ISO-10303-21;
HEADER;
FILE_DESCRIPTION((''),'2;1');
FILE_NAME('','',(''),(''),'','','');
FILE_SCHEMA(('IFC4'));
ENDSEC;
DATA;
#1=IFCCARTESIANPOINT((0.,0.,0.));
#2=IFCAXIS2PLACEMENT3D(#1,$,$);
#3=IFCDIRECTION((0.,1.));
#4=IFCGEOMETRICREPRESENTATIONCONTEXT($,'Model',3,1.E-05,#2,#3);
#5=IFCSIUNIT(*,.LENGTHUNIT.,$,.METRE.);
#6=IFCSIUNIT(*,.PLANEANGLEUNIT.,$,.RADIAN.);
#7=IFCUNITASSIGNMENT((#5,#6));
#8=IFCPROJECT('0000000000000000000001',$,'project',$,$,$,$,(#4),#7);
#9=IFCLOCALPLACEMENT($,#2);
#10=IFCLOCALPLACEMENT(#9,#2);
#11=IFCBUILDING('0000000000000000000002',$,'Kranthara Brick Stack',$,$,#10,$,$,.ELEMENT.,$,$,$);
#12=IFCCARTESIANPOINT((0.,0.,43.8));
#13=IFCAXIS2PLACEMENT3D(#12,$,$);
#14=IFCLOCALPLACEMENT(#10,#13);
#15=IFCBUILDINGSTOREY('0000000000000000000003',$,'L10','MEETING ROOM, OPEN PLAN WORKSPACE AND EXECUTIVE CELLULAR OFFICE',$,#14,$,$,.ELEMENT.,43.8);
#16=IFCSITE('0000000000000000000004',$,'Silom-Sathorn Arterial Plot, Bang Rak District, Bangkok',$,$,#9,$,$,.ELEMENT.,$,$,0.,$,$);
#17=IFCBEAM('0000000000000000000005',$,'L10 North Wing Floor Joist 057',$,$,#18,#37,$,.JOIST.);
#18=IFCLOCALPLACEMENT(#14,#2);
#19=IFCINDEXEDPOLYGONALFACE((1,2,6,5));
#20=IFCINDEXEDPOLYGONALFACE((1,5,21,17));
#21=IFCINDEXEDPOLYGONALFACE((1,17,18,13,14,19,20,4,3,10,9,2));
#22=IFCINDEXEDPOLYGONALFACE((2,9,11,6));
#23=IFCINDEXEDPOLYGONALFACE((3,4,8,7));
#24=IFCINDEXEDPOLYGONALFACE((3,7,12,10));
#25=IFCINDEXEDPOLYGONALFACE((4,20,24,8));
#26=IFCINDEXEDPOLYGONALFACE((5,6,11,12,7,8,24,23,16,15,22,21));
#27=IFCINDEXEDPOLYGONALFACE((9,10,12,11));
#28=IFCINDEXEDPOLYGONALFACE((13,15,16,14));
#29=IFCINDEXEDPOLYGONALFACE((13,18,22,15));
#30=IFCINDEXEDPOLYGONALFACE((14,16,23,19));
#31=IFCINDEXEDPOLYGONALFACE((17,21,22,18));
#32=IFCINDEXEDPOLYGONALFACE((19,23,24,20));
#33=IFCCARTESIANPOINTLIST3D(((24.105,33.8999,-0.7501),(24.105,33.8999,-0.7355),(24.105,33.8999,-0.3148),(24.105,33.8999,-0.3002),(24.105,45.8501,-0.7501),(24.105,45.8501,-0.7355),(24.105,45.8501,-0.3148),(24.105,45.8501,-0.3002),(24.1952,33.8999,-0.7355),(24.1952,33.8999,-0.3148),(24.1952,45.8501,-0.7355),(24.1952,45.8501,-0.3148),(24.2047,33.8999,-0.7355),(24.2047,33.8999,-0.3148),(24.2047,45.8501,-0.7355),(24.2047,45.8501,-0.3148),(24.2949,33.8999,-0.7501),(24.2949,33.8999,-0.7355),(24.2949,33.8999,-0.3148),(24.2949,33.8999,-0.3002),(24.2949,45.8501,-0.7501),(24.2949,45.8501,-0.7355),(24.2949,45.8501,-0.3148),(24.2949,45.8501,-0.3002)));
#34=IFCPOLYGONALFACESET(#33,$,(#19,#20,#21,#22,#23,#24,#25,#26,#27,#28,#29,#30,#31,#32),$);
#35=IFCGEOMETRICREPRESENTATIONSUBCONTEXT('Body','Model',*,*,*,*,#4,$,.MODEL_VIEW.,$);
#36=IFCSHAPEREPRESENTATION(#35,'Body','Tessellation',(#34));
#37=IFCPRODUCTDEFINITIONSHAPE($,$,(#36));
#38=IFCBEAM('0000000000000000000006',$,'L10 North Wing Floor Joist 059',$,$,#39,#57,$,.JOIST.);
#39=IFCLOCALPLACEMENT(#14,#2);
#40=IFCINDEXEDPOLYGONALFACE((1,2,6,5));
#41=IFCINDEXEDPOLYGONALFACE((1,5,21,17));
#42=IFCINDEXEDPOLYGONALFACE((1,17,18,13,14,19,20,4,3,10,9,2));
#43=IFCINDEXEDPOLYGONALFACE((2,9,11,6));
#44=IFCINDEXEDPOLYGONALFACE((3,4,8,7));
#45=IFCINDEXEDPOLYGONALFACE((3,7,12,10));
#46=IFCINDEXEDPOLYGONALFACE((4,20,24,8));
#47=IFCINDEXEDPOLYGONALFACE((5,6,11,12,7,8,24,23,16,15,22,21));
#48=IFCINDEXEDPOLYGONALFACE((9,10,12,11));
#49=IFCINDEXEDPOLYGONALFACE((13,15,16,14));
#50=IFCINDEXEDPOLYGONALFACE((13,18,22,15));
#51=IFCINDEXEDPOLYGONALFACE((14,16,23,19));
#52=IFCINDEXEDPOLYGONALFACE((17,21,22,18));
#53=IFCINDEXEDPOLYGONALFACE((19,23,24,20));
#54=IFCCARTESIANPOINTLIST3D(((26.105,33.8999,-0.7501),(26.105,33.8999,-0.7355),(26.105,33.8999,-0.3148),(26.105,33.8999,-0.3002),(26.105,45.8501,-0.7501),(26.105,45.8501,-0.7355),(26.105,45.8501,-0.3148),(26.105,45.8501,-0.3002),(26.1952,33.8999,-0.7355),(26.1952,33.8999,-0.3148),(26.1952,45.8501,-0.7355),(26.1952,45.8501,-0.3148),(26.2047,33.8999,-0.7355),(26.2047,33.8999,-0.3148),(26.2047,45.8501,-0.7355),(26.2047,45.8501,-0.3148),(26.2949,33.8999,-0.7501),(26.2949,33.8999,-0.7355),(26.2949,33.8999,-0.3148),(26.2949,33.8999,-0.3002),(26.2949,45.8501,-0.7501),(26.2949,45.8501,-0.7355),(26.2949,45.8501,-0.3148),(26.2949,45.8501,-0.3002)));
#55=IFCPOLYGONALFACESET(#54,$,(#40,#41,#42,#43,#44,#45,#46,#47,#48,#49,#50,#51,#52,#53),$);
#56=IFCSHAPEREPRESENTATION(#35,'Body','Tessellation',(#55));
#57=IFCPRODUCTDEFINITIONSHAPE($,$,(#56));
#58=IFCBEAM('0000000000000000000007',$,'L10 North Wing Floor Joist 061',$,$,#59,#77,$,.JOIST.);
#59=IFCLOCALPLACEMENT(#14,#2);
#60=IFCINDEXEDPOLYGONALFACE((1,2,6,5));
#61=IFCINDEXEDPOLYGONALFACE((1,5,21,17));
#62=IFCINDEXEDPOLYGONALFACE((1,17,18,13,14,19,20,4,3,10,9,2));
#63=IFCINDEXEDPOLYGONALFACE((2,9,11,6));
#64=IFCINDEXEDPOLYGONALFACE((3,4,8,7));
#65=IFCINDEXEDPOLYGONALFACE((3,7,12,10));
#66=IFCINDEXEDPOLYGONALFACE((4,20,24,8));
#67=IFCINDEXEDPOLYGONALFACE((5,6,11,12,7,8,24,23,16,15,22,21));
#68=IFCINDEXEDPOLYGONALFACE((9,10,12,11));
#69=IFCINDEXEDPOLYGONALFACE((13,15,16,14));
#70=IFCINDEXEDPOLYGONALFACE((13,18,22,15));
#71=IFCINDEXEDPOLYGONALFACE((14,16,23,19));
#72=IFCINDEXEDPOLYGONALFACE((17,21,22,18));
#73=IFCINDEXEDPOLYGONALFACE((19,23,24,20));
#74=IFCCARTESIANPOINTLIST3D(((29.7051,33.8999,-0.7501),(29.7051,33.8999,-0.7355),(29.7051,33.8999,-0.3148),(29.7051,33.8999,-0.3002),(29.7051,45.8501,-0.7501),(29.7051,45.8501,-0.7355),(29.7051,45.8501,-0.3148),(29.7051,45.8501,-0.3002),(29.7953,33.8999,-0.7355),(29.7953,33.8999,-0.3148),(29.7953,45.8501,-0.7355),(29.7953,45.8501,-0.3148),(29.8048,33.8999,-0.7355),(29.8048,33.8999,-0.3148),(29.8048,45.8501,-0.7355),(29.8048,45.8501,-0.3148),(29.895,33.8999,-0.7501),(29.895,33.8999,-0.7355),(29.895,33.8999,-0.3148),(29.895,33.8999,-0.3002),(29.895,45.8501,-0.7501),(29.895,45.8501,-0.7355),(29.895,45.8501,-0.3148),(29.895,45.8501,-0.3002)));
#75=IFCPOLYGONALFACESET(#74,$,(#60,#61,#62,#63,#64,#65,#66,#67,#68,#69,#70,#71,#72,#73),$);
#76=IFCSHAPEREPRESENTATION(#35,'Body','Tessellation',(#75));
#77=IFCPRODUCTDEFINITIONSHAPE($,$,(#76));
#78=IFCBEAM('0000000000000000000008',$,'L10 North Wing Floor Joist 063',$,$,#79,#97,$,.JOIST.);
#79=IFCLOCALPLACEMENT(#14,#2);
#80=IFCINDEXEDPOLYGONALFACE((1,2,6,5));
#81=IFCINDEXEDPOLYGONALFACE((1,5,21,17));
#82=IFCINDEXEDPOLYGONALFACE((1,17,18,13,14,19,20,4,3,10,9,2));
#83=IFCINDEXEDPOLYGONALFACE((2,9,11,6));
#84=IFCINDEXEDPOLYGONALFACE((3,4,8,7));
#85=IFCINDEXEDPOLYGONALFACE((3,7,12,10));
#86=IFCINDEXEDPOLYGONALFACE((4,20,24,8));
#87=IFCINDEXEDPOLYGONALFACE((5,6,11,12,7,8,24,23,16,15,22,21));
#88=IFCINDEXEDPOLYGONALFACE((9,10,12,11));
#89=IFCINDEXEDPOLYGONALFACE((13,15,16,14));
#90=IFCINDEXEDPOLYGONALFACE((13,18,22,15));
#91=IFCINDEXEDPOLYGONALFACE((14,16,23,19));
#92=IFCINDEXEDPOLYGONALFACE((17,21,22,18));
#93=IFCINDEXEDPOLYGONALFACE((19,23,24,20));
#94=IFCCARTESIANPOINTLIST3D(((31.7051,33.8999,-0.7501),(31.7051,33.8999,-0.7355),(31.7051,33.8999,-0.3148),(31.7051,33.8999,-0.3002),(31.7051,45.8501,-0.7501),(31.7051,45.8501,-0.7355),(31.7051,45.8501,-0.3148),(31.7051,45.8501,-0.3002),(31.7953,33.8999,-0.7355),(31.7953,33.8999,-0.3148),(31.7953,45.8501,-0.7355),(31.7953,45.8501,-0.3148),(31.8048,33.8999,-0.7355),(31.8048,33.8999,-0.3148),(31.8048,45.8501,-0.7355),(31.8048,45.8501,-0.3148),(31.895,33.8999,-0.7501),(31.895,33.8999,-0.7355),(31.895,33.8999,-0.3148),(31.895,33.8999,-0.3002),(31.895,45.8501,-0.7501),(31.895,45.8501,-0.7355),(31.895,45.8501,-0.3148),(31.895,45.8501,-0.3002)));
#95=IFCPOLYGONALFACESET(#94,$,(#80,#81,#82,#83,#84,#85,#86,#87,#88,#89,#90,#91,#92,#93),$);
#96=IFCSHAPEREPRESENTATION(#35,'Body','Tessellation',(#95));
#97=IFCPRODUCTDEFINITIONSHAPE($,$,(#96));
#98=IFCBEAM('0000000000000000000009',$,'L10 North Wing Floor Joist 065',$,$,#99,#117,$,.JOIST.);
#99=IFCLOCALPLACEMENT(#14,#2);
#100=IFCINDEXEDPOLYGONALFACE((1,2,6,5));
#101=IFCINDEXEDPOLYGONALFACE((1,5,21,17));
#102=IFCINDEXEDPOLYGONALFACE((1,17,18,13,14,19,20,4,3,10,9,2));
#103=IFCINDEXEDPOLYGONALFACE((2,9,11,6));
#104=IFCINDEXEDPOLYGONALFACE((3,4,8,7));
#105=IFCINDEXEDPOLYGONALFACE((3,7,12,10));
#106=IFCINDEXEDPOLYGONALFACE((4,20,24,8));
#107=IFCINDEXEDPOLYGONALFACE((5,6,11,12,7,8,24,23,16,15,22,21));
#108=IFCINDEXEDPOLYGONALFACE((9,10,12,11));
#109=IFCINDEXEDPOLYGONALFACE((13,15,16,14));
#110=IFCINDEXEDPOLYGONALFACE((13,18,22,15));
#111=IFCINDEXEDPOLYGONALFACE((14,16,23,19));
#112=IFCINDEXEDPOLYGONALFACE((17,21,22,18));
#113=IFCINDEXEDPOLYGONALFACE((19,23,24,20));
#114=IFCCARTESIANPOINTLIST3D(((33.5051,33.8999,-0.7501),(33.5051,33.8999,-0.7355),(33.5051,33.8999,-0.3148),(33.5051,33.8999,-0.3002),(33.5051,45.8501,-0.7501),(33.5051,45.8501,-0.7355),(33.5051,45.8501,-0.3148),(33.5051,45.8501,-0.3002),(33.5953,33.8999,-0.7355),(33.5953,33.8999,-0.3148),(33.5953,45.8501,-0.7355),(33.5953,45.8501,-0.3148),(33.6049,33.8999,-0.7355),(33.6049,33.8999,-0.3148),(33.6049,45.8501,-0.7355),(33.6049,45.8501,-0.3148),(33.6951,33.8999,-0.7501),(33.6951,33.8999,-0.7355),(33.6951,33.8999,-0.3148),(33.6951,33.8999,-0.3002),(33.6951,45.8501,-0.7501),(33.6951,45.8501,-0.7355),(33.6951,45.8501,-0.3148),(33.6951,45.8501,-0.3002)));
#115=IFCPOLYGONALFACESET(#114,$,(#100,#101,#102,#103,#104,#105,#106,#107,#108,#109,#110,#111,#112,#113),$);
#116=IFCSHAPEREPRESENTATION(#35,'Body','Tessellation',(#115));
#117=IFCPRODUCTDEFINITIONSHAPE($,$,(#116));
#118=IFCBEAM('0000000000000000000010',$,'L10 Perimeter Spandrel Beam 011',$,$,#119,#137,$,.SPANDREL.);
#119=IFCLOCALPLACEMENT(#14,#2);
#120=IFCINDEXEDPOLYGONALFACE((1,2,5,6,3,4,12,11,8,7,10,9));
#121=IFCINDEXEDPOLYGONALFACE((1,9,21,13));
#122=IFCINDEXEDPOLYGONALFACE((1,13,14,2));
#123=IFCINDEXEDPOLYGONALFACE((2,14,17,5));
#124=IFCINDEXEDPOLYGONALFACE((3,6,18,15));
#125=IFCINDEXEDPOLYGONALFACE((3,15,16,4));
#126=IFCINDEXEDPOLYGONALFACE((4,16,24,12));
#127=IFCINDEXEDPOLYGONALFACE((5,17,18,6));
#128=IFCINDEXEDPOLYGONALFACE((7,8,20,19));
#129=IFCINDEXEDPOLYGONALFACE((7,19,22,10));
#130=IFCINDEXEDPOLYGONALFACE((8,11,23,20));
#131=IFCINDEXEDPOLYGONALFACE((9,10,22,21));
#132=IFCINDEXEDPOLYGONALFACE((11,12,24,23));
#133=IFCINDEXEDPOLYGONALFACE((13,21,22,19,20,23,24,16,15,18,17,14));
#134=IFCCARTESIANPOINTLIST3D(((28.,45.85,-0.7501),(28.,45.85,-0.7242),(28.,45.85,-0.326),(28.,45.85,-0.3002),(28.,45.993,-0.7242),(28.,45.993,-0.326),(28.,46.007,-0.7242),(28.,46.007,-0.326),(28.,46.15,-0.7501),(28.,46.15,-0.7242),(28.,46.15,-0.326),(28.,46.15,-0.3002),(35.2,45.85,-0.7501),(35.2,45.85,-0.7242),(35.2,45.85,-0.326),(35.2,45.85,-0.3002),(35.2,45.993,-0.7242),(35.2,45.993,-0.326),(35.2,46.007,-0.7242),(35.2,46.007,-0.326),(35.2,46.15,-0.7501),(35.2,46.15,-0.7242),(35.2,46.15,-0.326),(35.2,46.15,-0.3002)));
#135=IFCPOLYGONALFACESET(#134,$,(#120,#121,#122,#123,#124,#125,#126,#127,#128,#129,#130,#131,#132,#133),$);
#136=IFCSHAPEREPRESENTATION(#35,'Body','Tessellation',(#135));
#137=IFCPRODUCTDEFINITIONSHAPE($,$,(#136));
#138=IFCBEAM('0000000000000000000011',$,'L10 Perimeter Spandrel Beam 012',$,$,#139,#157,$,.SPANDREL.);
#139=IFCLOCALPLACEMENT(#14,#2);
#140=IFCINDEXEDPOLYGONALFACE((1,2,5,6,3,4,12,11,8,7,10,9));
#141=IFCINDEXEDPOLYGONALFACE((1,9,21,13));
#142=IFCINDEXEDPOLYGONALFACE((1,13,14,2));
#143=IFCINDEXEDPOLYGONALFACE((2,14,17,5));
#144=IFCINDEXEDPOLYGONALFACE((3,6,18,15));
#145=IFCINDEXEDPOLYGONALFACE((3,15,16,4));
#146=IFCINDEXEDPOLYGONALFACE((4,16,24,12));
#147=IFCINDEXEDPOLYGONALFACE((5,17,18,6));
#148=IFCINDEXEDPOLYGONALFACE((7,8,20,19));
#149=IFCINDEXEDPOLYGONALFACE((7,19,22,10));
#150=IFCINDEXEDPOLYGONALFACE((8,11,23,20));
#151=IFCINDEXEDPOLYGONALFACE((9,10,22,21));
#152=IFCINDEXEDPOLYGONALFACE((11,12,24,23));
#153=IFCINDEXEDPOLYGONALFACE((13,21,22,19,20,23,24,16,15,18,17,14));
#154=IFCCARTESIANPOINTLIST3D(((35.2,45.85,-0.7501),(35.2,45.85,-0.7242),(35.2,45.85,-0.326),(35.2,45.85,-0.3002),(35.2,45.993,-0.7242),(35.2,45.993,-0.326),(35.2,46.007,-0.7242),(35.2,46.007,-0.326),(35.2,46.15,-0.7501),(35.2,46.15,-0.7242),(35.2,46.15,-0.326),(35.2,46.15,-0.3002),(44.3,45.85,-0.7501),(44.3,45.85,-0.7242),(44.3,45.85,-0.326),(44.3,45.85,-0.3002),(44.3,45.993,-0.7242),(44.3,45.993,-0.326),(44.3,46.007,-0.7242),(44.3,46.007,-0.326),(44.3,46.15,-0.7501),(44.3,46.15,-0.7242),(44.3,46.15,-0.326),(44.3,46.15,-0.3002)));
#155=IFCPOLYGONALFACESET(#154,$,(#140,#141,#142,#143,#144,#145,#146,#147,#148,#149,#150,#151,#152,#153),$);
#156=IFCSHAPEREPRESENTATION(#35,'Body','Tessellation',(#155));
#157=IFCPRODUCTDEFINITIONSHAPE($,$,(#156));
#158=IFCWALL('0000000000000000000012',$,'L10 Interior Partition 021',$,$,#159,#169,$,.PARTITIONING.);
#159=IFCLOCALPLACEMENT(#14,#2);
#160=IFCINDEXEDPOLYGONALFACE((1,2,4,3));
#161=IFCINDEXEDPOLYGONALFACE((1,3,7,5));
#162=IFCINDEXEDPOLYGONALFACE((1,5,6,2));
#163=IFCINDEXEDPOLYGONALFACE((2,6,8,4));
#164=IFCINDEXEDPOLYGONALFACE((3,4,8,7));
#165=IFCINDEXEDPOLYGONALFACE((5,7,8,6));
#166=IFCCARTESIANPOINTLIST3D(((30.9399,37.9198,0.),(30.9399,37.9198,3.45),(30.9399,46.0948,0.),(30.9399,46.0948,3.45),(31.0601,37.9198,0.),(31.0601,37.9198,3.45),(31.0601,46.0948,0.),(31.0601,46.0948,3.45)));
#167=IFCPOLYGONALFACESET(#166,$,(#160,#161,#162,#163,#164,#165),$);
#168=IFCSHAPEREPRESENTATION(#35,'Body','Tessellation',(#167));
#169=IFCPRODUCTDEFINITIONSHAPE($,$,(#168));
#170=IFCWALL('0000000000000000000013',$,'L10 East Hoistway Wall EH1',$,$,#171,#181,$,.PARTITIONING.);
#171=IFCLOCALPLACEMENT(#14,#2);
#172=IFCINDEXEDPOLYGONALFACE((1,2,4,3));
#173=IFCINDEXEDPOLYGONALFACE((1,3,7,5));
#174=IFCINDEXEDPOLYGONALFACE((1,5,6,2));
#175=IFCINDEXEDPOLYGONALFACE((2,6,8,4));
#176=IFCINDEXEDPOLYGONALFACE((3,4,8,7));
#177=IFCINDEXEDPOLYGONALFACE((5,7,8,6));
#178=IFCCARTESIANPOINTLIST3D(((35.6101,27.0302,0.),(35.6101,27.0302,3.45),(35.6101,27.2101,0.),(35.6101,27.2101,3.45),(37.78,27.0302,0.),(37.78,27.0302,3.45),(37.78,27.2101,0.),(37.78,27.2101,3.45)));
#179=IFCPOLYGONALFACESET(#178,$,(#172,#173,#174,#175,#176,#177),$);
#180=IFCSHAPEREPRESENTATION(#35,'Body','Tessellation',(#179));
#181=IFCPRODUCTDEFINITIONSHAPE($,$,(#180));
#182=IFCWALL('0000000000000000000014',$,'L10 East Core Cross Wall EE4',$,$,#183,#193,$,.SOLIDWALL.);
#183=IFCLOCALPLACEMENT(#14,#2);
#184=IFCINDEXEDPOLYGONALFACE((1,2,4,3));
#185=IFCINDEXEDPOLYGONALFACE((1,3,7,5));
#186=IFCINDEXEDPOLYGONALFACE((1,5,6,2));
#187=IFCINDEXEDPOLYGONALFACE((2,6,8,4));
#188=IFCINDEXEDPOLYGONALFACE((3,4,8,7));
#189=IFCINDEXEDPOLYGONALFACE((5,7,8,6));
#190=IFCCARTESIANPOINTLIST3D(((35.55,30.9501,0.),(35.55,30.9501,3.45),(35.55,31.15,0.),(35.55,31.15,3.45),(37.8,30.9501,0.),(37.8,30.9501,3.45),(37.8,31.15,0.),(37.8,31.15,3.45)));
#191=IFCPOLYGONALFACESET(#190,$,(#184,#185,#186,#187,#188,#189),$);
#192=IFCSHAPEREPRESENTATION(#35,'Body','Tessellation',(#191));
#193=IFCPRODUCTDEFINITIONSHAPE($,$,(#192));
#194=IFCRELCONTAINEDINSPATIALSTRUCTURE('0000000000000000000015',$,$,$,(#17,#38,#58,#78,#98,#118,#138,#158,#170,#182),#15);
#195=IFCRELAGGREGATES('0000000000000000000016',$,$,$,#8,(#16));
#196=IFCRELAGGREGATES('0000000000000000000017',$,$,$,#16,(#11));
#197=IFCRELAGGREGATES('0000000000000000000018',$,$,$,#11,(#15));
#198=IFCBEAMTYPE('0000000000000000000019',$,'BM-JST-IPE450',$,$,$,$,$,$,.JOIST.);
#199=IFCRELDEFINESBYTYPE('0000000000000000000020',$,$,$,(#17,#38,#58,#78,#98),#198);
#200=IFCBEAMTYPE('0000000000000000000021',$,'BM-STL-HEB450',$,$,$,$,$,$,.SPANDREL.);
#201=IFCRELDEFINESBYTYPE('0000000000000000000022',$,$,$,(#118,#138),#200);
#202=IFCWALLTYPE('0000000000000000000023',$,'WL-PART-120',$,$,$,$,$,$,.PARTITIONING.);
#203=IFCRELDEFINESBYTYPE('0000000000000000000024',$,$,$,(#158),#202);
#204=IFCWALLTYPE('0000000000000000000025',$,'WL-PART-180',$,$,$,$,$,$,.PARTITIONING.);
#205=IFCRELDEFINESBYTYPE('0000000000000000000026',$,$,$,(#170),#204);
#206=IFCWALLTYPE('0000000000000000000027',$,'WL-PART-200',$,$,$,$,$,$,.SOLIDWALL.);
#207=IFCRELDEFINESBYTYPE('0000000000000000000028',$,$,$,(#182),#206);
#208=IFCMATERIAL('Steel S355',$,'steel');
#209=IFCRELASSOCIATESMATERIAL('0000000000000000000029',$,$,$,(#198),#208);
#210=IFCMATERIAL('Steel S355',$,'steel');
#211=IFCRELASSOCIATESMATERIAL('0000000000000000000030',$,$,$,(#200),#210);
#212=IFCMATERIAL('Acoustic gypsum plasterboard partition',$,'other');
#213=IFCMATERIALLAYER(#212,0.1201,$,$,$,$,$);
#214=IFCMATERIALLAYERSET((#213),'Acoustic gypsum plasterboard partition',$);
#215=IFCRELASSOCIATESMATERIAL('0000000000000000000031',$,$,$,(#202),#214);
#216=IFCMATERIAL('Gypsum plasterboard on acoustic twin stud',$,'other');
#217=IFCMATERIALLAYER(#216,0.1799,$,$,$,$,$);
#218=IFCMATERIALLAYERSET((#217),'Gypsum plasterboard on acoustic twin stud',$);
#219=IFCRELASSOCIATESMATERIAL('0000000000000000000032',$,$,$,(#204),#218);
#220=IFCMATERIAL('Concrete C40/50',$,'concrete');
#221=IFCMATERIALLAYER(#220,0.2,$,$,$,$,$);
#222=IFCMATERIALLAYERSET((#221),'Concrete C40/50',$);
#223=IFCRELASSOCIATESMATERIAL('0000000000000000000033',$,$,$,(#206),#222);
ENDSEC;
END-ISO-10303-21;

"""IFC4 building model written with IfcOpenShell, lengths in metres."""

from ifc_helpers import new_model, si_unit, direction, frame, frame_2d, origin, origin_2d, place, context, subcontext, project, spatial, rectangle, i_section, extrude, material, layer, layer_set, material_profile, profile_set, type_object, element, save


model = new_model("IFC4")

# Units and contexts
model_context = context("Model", 3, precision=1e-05, world=origin(), true_north=direction((0.0, 1.0)))
body_context = subcontext(model_context, "Body", "Model", "MODEL_VIEW")
ifc_project = project(units=[si_unit("LENGTHUNIT", "METRE"), si_unit("PLANEANGLEUNIT", "RADIAN")], contexts=[model_context])

# Site, building, storey
site_placement = place(None, origin())
site = spatial("IfcSite", under=ifc_project, at=site_placement, Name="Silom-Sathorn Arterial Plot, Bang Rak District, Bangkok", CompositionType="ELEMENT", RefElevation=0.0)
building_placement = place(site_placement, origin())
building = spatial("IfcBuilding", under=site, at=building_placement, Name="Kranthara Brick Stack", CompositionType="ELEMENT")
storey_placement = place(building_placement, frame((0.0, 0.0, 43.8)))
storey = spatial("IfcBuildingStorey", under=building, at=storey_placement, Name="L10", Description="MEETING ROOM, OPEN PLAN WORKSPACE AND EXECUTIVE CELLULAR OFFICE", CompositionType="ELEMENT", Elevation=43.8)

# Beams
ifc_material_1 = material(Name="Steel S355", Category="steel")
ifc_material_profile_1 = material_profile(ifc_material_1, i_section(OverallWidth=0.1899, OverallDepth=0.45, WebThickness=0.0095, FlangeThickness=0.0146, at=origin_2d()), Name="IPE 450")
ifc_profile_set_1 = profile_set([ifc_material_profile_1], Name="Steel S355")
beam_type_1 = type_object("IfcBeamType", Name="BM-JST-IPE450", PredefinedType="JOIST", material=ifc_profile_set_1)
for number, where, z_axis, x_axis, name in (
    (1, (24.2, 33.8999, -0.5251), (0.0, 1.0, 0.0), (-1.0, 0.0, 0.0), "L10 North Wing Floor Joist 057"),
    (2, (26.2, 33.8999, -0.5251), (0.0, 1.0, 0.0), (-1.0, 0.0, 0.0), "L10 North Wing Floor Joist 059"),
    (3, (29.8, 33.8999, -0.5251), (0.0, 1.0, 0.0), (-1.0, 0.0, 0.0), "L10 North Wing Floor Joist 061"),
    (4, (31.8, 33.8999, -0.5251), (0.0, 1.0, 0.0), (-1.0, 0.0, 0.0), "L10 North Wing Floor Joist 063"),
    (5, (33.6001, 33.8999, -0.5251), (0.0, 1.0, 0.0), (-1.0, 0.0, 0.0), "L10 North Wing Floor Joist 065"),
):
    element("IfcBeam", number, at=place(storey_placement, frame(where, z_axis=z_axis, x_axis=x_axis)), inside=storey, type_object=beam_type_1, Name=name, PredefinedType="JOIST", context=body_context, shape_type="SweptSolid", body=[
        extrude(i_section(OverallWidth=0.1899, OverallDepth=0.45, WebThickness=0.0095, FlangeThickness=0.0146, at=origin_2d()), origin(), (0.0, 0.0, 1.0), 11.9502),
    ])
ifc_material_2 = material(Name="Steel S355", Category="steel")
ifc_material_profile_2 = material_profile(ifc_material_2, i_section(OverallWidth=0.3, OverallDepth=0.45, WebThickness=0.0139, FlangeThickness=0.0259, at=origin_2d()), Name="HEB 450")
ifc_profile_set_2 = profile_set([ifc_material_profile_2], Name="Steel S355")
beam_type_2 = type_object("IfcBeamType", Name="BM-STL-HEB450", PredefinedType="SPANDREL", material=ifc_profile_set_2)
beam_1_placement = place(storey_placement, frame((28.0, 46.0, -0.5251), z_axis=(1.0, 0.0, 0.0), x_axis=(0.0, 1.0, 0.0)))
element("IfcBeam", 6, at=beam_1_placement, inside=storey, type_object=beam_type_2, Name="L10 Perimeter Spandrel Beam 011", PredefinedType="SPANDREL", context=body_context, shape_type="SweptSolid", body=[
    extrude(i_section(OverallWidth=0.3, OverallDepth=0.45, WebThickness=0.0139, FlangeThickness=0.0259, at=origin_2d()), origin(), (0.0, 0.0, 1.0), 7.2),
])
beam_2_placement = place(storey_placement, frame((35.2, 46.0, -0.5251), z_axis=(1.0, 0.0, 0.0), x_axis=(0.0, 1.0, 0.0)))
element("IfcBeam", 7, at=beam_2_placement, inside=storey, type_object=beam_type_2, Name="L10 Perimeter Spandrel Beam 012", PredefinedType="SPANDREL", context=body_context, shape_type="SweptSolid", body=[
    extrude(i_section(OverallWidth=0.3, OverallDepth=0.45, WebThickness=0.0139, FlangeThickness=0.0259, at=origin_2d()), origin(), (0.0, 0.0, 1.0), 9.1001),
])

# Walls
ifc_material_3 = material(Name="Acoustic gypsum plasterboard partition", Category="other")
ifc_layer_1 = layer(ifc_material_3, 0.1201)
ifc_layer_set_1 = layer_set([ifc_layer_1], Name="Acoustic gypsum plasterboard partition")
wall_type_1 = type_object("IfcWallType", Name="WL-PART-120", PredefinedType="PARTITIONING", material=ifc_layer_set_1)
wall_1_placement = place(storey_placement, frame((31.0, 37.9199, 0.0), z_axis=(0.0, 0.0, 1.0), x_axis=(0.0, 1.0, 0.0)))
element("IfcWall", 8, at=wall_1_placement, inside=storey, type_object=wall_type_1, Name="L10 Interior Partition 021", PredefinedType="PARTITIONING", context=body_context, shape_type="SweptSolid", body=[
    extrude(rectangle(XDim=8.175, YDim=0.1201, at=frame_2d((4.0874, 0.0))), origin(), (0.0, 0.0, 1.0), 3.45),
])
ifc_material_4 = material(Name="Gypsum plasterboard on acoustic twin stud", Category="other")
ifc_layer_2 = layer(ifc_material_4, 0.1799)
ifc_layer_set_2 = layer_set([ifc_layer_2], Name="Gypsum plasterboard on acoustic twin stud")
wall_type_2 = type_object("IfcWallType", Name="WL-PART-180", PredefinedType="PARTITIONING", material=ifc_layer_set_2)
wall_2_placement = place(storey_placement, frame((35.6101, 27.1201, 0.0), z_axis=(0.0, 0.0, 1.0), x_axis=(1.0, 0.0, 0.0)))
element("IfcWall", 9, at=wall_2_placement, inside=storey, type_object=wall_type_2, Name="L10 East Hoistway Wall EH1", PredefinedType="PARTITIONING", context=body_context, shape_type="SweptSolid", body=[
    extrude(rectangle(XDim=2.1699, YDim=0.1799, at=frame_2d((1.085, 0.0))), origin(), (0.0, 0.0, 1.0), 3.45),
])
ifc_material_5 = material(Name="Concrete C40/50", Category="concrete")
ifc_layer_3 = layer(ifc_material_5, 0.2)
ifc_layer_set_3 = layer_set([ifc_layer_3], Name="Concrete C40/50")
wall_type_3 = type_object("IfcWallType", Name="WL-PART-200", PredefinedType="SOLIDWALL", material=ifc_layer_set_3)
wall_3_placement = place(storey_placement, frame((35.55, 31.05, 0.0), z_axis=(0.0, 0.0, 1.0), x_axis=(1.0, 0.0, 0.0)))
element("IfcWall", 10, at=wall_3_placement, inside=storey, type_object=wall_type_3, Name="L10 East Core Cross Wall EE4", PredefinedType="SOLIDWALL", context=body_context, shape_type="SweptSolid", body=[
    extrude(rectangle(XDim=2.25, YDim=0.2, at=frame_2d((1.125, 0.0))), origin(), (0.0, 0.0, 1.0), 3.45),
])

save(model, "model.ifc")
